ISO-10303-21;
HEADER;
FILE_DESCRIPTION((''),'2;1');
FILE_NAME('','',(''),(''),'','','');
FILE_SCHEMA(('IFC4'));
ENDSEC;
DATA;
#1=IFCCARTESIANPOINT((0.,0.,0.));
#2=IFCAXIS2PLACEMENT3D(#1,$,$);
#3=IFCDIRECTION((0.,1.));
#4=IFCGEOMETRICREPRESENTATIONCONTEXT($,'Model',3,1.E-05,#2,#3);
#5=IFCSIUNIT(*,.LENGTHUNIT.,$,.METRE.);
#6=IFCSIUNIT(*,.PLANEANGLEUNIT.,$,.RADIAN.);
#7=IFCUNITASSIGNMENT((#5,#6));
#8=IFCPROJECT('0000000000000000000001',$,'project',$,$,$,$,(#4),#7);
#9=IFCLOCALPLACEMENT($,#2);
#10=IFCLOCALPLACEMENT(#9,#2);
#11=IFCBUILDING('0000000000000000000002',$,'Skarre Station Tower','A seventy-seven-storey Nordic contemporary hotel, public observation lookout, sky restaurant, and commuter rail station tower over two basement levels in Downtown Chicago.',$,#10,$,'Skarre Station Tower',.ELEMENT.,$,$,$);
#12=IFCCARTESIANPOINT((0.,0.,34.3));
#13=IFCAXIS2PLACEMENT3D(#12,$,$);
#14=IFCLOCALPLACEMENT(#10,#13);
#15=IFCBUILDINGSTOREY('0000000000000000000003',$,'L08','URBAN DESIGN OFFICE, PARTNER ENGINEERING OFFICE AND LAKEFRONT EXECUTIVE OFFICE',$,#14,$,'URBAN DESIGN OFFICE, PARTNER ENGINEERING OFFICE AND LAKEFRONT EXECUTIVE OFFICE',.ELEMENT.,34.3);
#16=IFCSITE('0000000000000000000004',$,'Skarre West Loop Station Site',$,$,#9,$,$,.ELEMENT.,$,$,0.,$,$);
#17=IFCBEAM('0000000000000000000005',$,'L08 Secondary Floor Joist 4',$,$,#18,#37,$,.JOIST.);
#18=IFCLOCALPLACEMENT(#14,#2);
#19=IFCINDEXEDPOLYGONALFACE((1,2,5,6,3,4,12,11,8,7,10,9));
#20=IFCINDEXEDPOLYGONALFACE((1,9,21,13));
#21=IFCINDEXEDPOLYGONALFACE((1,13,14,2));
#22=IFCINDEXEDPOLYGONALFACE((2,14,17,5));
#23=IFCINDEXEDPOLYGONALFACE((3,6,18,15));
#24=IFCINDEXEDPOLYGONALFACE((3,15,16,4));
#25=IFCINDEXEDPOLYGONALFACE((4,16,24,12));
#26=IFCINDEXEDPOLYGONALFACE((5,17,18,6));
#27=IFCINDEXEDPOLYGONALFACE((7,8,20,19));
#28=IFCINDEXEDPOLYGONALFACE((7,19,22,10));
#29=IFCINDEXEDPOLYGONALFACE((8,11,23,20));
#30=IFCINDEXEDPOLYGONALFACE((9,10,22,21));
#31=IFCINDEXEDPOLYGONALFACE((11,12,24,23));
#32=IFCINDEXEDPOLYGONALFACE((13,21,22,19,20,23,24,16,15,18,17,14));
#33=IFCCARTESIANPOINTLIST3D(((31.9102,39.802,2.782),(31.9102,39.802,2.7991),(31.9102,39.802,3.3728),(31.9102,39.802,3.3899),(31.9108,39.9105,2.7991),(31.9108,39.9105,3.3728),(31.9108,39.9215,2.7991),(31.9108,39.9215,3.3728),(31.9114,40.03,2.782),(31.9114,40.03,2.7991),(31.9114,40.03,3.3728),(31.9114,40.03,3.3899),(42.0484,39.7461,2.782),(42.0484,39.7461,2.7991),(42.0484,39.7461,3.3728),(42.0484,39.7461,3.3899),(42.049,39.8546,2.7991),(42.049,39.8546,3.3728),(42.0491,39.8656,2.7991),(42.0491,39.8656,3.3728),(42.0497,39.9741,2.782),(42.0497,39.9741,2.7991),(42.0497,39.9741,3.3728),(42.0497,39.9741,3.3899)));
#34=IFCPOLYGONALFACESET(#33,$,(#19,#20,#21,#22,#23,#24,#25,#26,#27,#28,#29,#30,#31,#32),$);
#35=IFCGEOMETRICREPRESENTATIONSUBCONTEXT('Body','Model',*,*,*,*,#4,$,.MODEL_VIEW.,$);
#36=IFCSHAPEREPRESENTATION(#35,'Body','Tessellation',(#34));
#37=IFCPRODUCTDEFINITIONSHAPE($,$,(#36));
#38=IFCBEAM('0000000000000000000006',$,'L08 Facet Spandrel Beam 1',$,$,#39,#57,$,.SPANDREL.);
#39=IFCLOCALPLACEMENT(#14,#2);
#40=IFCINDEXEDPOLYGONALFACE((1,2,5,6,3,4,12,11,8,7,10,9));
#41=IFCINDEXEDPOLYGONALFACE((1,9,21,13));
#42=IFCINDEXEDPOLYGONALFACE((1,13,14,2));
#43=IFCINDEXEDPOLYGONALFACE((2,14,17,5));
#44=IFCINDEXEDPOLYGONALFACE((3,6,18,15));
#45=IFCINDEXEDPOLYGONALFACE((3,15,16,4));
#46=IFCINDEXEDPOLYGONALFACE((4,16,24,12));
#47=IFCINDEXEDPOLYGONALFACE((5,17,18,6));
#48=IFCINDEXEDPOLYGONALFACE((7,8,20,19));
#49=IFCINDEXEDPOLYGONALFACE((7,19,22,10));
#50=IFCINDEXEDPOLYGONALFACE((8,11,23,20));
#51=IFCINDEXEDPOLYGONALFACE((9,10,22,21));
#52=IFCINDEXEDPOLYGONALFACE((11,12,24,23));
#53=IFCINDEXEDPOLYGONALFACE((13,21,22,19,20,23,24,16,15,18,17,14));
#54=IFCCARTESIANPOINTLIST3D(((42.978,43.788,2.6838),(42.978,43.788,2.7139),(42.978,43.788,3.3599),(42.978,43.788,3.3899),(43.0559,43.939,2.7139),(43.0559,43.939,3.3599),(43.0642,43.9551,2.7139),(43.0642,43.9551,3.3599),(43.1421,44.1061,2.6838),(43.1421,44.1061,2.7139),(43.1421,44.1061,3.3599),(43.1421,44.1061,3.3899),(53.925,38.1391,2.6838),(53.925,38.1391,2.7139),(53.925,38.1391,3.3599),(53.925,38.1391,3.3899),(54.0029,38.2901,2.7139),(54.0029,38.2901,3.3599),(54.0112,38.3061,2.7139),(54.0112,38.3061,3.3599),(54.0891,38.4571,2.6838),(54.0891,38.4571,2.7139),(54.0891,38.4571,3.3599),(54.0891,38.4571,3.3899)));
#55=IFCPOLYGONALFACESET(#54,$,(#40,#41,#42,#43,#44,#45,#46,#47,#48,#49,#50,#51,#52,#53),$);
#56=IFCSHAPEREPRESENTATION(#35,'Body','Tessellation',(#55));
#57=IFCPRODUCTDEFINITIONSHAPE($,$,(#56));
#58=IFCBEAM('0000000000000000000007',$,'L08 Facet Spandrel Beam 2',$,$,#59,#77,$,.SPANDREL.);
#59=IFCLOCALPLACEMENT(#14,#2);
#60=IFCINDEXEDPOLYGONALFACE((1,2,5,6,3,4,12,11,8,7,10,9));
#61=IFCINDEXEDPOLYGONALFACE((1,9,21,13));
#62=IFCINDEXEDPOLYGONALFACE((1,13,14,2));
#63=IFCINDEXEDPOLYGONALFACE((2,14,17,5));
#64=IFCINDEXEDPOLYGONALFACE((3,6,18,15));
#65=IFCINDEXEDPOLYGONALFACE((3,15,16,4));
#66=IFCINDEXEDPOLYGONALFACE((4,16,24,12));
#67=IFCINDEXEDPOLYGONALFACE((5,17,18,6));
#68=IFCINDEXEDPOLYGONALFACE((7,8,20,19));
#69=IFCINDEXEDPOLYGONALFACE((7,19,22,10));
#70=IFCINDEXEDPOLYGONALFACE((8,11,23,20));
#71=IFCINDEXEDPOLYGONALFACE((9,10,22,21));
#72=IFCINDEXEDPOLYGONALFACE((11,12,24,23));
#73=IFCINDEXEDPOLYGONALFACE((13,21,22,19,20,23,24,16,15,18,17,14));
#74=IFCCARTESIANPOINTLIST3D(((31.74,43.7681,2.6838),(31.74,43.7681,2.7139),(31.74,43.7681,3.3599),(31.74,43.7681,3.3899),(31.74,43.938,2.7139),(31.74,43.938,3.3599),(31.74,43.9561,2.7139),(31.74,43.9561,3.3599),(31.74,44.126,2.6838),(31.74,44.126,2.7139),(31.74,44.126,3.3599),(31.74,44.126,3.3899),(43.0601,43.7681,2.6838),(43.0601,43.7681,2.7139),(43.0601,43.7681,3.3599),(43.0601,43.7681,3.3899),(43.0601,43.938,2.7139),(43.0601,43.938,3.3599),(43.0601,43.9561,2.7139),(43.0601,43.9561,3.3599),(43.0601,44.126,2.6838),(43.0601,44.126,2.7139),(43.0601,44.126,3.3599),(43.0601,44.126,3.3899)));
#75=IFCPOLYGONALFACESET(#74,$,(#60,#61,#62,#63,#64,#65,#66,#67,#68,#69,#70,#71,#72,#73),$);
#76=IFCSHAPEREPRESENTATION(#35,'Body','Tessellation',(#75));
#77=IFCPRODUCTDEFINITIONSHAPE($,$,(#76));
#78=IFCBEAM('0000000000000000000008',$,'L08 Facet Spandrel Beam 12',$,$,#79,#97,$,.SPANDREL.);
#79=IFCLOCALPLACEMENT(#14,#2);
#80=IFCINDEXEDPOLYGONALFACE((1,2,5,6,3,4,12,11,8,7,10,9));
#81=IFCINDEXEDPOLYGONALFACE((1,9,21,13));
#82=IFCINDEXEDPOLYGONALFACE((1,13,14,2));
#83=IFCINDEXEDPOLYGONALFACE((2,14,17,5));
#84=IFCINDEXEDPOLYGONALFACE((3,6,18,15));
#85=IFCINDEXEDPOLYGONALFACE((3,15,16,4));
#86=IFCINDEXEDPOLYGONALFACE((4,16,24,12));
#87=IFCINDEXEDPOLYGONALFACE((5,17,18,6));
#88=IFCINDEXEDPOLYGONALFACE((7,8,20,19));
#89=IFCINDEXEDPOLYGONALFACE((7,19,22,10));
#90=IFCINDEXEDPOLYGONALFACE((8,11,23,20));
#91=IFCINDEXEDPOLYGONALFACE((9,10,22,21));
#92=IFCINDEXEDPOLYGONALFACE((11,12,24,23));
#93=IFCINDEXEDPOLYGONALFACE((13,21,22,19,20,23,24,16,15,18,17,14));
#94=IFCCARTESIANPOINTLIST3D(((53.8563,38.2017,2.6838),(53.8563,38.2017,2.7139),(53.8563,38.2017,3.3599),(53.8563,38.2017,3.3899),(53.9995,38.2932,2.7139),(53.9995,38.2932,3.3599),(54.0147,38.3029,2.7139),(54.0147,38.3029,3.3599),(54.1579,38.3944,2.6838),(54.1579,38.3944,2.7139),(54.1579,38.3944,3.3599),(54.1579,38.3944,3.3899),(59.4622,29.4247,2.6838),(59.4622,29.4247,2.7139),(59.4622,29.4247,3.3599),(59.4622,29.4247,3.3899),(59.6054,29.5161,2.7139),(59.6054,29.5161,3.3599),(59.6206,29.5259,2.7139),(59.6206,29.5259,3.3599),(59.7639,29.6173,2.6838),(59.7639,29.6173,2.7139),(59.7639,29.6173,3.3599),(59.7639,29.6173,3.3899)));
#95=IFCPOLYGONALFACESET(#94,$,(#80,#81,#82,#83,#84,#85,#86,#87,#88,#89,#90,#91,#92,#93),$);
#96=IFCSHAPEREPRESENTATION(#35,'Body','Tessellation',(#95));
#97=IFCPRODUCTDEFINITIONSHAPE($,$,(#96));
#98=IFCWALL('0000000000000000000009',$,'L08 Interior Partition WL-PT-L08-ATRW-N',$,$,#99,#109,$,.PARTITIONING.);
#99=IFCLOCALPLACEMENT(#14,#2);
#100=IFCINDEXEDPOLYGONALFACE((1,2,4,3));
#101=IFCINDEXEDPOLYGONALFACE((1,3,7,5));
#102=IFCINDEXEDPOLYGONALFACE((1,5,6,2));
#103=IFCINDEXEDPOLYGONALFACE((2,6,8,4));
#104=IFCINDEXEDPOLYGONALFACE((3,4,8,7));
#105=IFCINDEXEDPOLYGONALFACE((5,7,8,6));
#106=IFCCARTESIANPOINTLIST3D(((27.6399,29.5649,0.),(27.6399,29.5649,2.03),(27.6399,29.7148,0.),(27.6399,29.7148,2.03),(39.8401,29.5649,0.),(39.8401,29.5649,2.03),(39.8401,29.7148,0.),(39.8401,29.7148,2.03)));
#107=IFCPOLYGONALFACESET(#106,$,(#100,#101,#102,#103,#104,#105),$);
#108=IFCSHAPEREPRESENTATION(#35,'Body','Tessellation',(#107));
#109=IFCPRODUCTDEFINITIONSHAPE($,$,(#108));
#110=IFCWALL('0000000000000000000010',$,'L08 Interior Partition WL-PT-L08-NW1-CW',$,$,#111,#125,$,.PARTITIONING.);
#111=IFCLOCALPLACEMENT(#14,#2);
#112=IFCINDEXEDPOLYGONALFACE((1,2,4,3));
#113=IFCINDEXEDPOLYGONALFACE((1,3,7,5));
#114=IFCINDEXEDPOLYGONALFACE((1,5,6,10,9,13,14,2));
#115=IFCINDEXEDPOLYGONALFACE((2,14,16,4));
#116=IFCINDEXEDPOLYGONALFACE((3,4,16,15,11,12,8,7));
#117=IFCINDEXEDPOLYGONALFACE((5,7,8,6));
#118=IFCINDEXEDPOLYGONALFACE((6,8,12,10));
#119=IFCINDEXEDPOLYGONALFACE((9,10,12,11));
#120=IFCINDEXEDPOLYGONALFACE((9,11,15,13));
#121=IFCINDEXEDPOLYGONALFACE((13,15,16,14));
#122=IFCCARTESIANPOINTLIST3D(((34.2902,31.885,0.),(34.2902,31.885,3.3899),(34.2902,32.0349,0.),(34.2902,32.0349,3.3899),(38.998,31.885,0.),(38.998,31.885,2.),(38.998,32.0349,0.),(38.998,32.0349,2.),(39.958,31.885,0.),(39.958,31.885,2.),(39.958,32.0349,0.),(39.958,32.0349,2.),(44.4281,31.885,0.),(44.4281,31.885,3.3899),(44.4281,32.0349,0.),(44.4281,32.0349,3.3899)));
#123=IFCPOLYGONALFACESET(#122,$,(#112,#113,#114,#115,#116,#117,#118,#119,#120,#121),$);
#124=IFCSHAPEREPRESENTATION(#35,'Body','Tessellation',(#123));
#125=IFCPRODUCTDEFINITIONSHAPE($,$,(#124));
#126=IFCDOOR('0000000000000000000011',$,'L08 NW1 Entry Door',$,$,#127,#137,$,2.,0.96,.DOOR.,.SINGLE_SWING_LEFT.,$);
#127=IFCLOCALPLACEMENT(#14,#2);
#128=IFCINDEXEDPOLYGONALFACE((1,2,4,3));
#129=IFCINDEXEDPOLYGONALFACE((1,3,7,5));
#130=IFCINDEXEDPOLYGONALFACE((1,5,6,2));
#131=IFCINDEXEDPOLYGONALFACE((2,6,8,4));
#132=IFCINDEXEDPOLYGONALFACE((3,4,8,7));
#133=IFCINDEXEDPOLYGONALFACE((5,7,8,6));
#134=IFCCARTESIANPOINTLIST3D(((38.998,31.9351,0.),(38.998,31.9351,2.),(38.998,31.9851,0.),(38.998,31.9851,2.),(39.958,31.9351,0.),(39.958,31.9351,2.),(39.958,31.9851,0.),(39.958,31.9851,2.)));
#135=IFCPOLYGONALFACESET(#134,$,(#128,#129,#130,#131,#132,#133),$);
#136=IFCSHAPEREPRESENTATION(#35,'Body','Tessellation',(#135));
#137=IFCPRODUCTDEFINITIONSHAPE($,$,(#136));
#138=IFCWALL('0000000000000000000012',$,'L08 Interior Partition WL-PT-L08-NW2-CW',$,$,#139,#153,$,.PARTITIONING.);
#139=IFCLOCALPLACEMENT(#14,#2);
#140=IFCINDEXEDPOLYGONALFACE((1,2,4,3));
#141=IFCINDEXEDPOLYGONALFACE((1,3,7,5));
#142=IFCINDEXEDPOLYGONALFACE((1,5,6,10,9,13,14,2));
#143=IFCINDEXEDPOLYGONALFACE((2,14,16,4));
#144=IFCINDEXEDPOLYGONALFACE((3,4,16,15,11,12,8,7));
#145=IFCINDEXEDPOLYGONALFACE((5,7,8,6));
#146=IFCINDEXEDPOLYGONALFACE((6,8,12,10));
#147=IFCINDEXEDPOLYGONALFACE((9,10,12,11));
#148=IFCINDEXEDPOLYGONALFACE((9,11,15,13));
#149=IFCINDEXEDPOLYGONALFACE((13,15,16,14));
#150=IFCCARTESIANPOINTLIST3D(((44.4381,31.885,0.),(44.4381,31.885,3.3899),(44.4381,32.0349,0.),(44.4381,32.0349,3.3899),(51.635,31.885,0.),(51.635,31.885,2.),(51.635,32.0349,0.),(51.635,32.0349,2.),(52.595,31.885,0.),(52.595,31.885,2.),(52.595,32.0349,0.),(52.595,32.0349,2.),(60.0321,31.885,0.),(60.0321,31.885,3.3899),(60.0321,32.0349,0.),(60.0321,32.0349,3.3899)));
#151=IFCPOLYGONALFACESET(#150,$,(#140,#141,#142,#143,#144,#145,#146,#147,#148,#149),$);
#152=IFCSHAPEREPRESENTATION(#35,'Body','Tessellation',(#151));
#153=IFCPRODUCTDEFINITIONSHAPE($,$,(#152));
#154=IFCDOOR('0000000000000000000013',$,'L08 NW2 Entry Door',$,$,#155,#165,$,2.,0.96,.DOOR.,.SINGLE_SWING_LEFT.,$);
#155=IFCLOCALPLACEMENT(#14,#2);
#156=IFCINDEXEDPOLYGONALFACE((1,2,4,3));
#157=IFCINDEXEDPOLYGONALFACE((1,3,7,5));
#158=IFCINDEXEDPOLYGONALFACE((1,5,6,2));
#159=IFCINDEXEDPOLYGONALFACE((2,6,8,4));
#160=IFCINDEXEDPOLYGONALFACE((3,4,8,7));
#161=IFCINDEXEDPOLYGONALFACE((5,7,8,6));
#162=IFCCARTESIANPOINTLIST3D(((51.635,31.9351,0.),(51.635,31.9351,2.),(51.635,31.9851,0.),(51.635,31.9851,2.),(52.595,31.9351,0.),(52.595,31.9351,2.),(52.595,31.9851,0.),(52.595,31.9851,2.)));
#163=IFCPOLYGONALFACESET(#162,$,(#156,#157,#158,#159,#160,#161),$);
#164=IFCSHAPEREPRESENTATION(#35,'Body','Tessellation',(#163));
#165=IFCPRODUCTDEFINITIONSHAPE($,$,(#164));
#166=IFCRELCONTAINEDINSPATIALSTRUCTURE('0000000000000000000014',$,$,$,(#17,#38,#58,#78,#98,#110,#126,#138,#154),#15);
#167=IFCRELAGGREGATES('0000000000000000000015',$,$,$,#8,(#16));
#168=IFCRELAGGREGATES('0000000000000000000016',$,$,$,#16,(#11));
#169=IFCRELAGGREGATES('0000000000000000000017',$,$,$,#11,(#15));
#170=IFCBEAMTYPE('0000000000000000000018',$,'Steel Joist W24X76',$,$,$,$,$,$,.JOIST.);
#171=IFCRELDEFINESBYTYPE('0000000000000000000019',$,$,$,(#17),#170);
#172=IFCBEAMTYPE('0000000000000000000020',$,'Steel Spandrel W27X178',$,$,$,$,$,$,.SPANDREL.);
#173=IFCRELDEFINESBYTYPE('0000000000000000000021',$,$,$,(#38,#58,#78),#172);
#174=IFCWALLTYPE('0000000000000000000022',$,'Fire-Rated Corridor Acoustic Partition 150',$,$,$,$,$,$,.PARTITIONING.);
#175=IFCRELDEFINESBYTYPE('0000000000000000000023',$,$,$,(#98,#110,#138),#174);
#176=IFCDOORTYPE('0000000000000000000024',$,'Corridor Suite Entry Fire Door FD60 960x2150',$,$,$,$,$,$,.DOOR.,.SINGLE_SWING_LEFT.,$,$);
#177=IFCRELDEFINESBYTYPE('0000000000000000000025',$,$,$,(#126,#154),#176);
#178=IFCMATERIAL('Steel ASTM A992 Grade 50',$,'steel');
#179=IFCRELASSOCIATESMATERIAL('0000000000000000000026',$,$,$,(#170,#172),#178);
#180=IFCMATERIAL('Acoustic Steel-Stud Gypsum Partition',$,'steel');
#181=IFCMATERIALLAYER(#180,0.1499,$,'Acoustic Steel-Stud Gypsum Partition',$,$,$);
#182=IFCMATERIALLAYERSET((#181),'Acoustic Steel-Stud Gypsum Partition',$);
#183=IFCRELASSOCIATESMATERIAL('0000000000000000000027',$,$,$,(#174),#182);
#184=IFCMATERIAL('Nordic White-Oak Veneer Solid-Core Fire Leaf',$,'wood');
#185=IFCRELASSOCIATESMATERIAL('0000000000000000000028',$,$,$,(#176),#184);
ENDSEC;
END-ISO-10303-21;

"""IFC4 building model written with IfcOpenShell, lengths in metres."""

from ifc_helpers import new_model, si_unit, direction, frame, frame_2d, origin, origin_2d, place, context, subcontext, project, spatial, rectangle, i_section, extrude, material, layer, layer_set, material_profile, profile_set, type_object, element, fill, save


model = new_model("IFC4")

# Units and contexts
model_context = context("Model", 3, precision=1e-05, world=origin(), true_north=direction((0.0, 1.0)))
body_context = subcontext(model_context, "Body", "Model", "MODEL_VIEW")
ifc_project = project(units=[si_unit("LENGTHUNIT", "METRE"), si_unit("PLANEANGLEUNIT", "RADIAN")], contexts=[model_context])

# Site, building, storey
site_placement = place(None, origin())
site = spatial("IfcSite", under=ifc_project, at=site_placement, Name="Skarre West Loop Station Site", CompositionType="ELEMENT", RefElevation=0.0)
building_placement = place(site_placement, origin())
building = spatial("IfcBuilding", under=site, at=building_placement, Name="Skarre Station Tower", Description="A seventy-seven-storey Nordic contemporary hotel, public observation lookout, sky restaurant, and commuter rail station tower over two basement levels in Downtown Chicago.", LongName="Skarre Station Tower", CompositionType="ELEMENT")
storey_placement = place(building_placement, frame((0.0, 0.0, 34.3)))
storey = spatial("IfcBuildingStorey", under=building, at=storey_placement, Name="L08", Description="URBAN DESIGN OFFICE, PARTNER ENGINEERING OFFICE AND LAKEFRONT EXECUTIVE OFFICE", LongName="URBAN DESIGN OFFICE, PARTNER ENGINEERING OFFICE AND LAKEFRONT EXECUTIVE OFFICE", CompositionType="ELEMENT", Elevation=34.3)

# Beams
ifc_material_1 = material(Name="Steel ASTM A992 Grade 50", Category="steel")
ifc_material_profile_1 = material_profile(ifc_material_1, i_section(OverallWidth=0.228, OverallDepth=0.6079, WebThickness=0.011, FlangeThickness=0.0171, at=origin_2d()), Name="Steel ASTM A992 Grade 50")
ifc_profile_set_1 = profile_set([ifc_material_profile_1], Name="Steel ASTM A992 Grade 50")
beam_type_1 = type_object("IfcBeamType", Name="Steel Joist W24X76", PredefinedType="JOIST", material=ifc_profile_set_1)
beam_1_placement = place(storey_placement, frame((42.0491, 39.8601, 3.0859), z_axis=(-0.999985, 0.005515, 0.0), x_axis=(-0.005515, -0.999985, 0.0)))
element("IfcBeam", 1, at=beam_1_placement, inside=storey, type_object=beam_type_1, Name="L08 Secondary Floor Joist 4", PredefinedType="JOIST", context=body_context, shape_type="SweptSolid", body=[
    extrude(i_section(OverallWidth=0.228, OverallDepth=0.6079, WebThickness=0.011, FlangeThickness=0.0171, at=origin_2d()), origin(), (0.0, 0.0, 1.0), 10.1384),
])
ifc_material_profile_2 = material_profile(ifc_material_1, i_section(OverallWidth=0.3579, OverallDepth=0.7061, WebThickness=0.0181, FlangeThickness=0.03, at=origin_2d()), Name="Steel ASTM A992 Grade 50")
ifc_profile_set_2 = profile_set([ifc_material_profile_2], Name="Steel ASTM A992 Grade 50")
beam_type_2 = type_object("IfcBeamType", Name="Steel Spandrel W27X178", PredefinedType="SPANDREL", material=ifc_profile_set_2)
beam_2_placement = place(storey_placement, frame((54.0071, 38.2981, 3.0369), z_axis=(-0.888659, 0.458569, 0.0), x_axis=(-0.458569, -0.888659, 0.0)))
element("IfcBeam", 2, at=beam_2_placement, inside=storey, type_object=beam_type_2, Name="L08 Facet Spandrel Beam 1", PredefinedType="SPANDREL", context=body_context, shape_type="SweptSolid", body=[
    extrude(i_section(OverallWidth=0.3579, OverallDepth=0.7061, WebThickness=0.0181, FlangeThickness=0.03, at=origin_2d()), origin(), (0.0, 0.0, 1.0), 12.3186),
])
beam_3_placement = place(storey_placement, frame((43.0601, 43.947, 3.0369), z_axis=(-1.0, 0.0, 0.0), x_axis=(0.0, -1.0, 0.0)))
element("IfcBeam", 3, at=beam_3_placement, inside=storey, type_object=beam_type_2, Name="L08 Facet Spandrel Beam 2", PredefinedType="SPANDREL", context=body_context, shape_type="SweptSolid", body=[
    extrude(i_section(OverallWidth=0.3579, OverallDepth=0.7061, WebThickness=0.0181, FlangeThickness=0.03, at=origin_2d()), origin(), (0.0, 0.0, 1.0), 11.3201),
])
beam_4_placement = place(storey_placement, frame((59.613, 29.521, 3.0369), z_axis=(-0.538278, 0.842767, 0.0), x_axis=(-0.842767, -0.538278, 0.0)))
element("IfcBeam", 4, at=beam_4_placement, inside=storey, type_object=beam_type_2, Name="L08 Facet Spandrel Beam 12", PredefinedType="SPANDREL", context=body_context, shape_type="SweptSolid", body=[
    extrude(i_section(OverallWidth=0.3579, OverallDepth=0.7061, WebThickness=0.0181, FlangeThickness=0.03, at=origin_2d()), origin(), (0.0, 0.0, 1.0), 10.4146),
])

# Wall
ifc_material_2 = material(Name="Acoustic Steel-Stud Gypsum Partition", Category="steel")
ifc_layer_1 = layer(ifc_material_2, 0.1499, Name="Acoustic Steel-Stud Gypsum Partition")
ifc_layer_set_1 = layer_set([ifc_layer_1], Name="Acoustic Steel-Stud Gypsum Partition")
wall_type_1 = type_object("IfcWallType", Name="Fire-Rated Corridor Acoustic Partition 150", PredefinedType="PARTITIONING", material=ifc_layer_set_1)
wall_1_placement = place(storey_placement, frame((39.8401, 29.6399, 0.0), z_axis=(0.0, 0.0, 1.0), x_axis=(-1.0, 0.0, 0.0)))
element("IfcWall", 5, at=wall_1_placement, inside=storey, type_object=wall_type_1, Name="L08 Interior Partition WL-PT-L08-ATRW-N", PredefinedType="PARTITIONING", context=body_context, shape_type="SweptSolid", body=[
    extrude(rectangle(XDim=12.2002, YDim=0.1499, at=frame_2d((6.1001, 0.0))), origin(), (0.0, 0.0, 1.0), 2.03),
])

# Walls, openings, doors
wall_2_placement = place(storey_placement, frame((44.428, 31.96, 0.0), z_axis=(0.0, 0.0, 1.0), x_axis=(-1.0, 0.0, 0.0)))
wall_2 = element("IfcWall", 6, at=wall_2_placement, inside=storey, type_object=wall_type_1, Name="L08 Interior Partition WL-PT-L08-NW1-CW", PredefinedType="PARTITIONING", context=body_context, shape_type="SweptSolid", body=[
    extrude(rectangle(XDim=10.1379, YDim=0.1499, at=frame_2d((5.0688, 0.0))), origin(), (0.0, 0.0, 1.0), 3.3899),
])
opening_1_placement = place(wall_2_placement, frame((4.47, 0.0, 0.0)))
opening_1 = element("IfcOpeningElement", 7, at=opening_1_placement, cuts=wall_2, PredefinedType="OPENING", context=body_context, shape_type="SweptSolid", body=[
    extrude(rectangle(XDim=0.96, YDim=2.0, at=frame_2d((0.48, 1.0))), frame((0.0, 0.085, 0.0), z_axis=(0.0, -1.0, 0.0), x_axis=(1.0, 0.0, 0.0)), (0.0, 0.0, 1.0), 0.1699),
])
ifc_material_3 = material(Name="Nordic White-Oak Veneer Solid-Core Fire Leaf", Category="wood")
door_type = type_object("IfcDoorType", Name="Corridor Suite Entry Fire Door FD60 960x2150", OperationType="SINGLE_SWING_LEFT", PredefinedType="DOOR", material=ifc_material_3)
door_1_placement = place(opening_1_placement, origin())
door_1 = element("IfcDoor", 8, at=door_1_placement, inside=storey, type_object=door_type, Name="L08 NW1 Entry Door", OperationType="SINGLE_SWING_LEFT", OverallHeight=2.0, OverallWidth=0.96, PredefinedType="DOOR", context=body_context, shape_type="SweptSolid", body=[
    extrude(rectangle(XDim=0.96, YDim=2.0, at=frame_2d((0.48, 1.0))), frame((0.0, 0.0249, 0.0), z_axis=(0.0, -1.0, 0.0), x_axis=(1.0, 0.0, 0.0)), (0.0, 0.0, 1.0), 0.05),
])
fill(opening_1, door_1)
wall_3_placement = place(storey_placement, frame((60.032, 31.96, 0.0), z_axis=(0.0, 0.0, 1.0), x_axis=(-1.0, 0.0, 0.0)))
wall_3 = element("IfcWall", 9, at=wall_3_placement, inside=storey, type_object=wall_type_1, Name="L08 Interior Partition WL-PT-L08-NW2-CW", PredefinedType="PARTITIONING", context=body_context, shape_type="SweptSolid", body=[
    extrude(rectangle(XDim=15.594, YDim=0.1499, at=frame_2d((7.7969, 0.0))), origin(), (0.0, 0.0, 1.0), 3.3899),
])
opening_2_placement = place(wall_3_placement, frame((7.437, 0.0, 0.0)))
opening_2 = element("IfcOpeningElement", 10, at=opening_2_placement, cuts=wall_3, PredefinedType="OPENING", context=body_context, shape_type="SweptSolid", body=[
    extrude(rectangle(XDim=0.96, YDim=2.0, at=frame_2d((0.48, 1.0))), frame((0.0, 0.085, 0.0), z_axis=(0.0, -1.0, 0.0), x_axis=(1.0, 0.0, 0.0)), (0.0, 0.0, 1.0), 0.1699),
])
door_2_placement = place(opening_2_placement, origin())
door_2 = element("IfcDoor", 11, at=door_2_placement, inside=storey, type_object=door_type, Name="L08 NW2 Entry Door", OperationType="SINGLE_SWING_LEFT", OverallHeight=2.0, OverallWidth=0.96, PredefinedType="DOOR", context=body_context, shape_type="SweptSolid", body=[
    extrude(rectangle(XDim=0.96, YDim=2.0, at=frame_2d((0.48, 1.0))), frame((0.0, 0.0249, 0.0), z_axis=(0.0, -1.0, 0.0), x_axis=(1.0, 0.0, 0.0)), (0.0, 0.0, 1.0), 0.05),
])
fill(opening_2, door_2)

save(model, "model.ifc")
